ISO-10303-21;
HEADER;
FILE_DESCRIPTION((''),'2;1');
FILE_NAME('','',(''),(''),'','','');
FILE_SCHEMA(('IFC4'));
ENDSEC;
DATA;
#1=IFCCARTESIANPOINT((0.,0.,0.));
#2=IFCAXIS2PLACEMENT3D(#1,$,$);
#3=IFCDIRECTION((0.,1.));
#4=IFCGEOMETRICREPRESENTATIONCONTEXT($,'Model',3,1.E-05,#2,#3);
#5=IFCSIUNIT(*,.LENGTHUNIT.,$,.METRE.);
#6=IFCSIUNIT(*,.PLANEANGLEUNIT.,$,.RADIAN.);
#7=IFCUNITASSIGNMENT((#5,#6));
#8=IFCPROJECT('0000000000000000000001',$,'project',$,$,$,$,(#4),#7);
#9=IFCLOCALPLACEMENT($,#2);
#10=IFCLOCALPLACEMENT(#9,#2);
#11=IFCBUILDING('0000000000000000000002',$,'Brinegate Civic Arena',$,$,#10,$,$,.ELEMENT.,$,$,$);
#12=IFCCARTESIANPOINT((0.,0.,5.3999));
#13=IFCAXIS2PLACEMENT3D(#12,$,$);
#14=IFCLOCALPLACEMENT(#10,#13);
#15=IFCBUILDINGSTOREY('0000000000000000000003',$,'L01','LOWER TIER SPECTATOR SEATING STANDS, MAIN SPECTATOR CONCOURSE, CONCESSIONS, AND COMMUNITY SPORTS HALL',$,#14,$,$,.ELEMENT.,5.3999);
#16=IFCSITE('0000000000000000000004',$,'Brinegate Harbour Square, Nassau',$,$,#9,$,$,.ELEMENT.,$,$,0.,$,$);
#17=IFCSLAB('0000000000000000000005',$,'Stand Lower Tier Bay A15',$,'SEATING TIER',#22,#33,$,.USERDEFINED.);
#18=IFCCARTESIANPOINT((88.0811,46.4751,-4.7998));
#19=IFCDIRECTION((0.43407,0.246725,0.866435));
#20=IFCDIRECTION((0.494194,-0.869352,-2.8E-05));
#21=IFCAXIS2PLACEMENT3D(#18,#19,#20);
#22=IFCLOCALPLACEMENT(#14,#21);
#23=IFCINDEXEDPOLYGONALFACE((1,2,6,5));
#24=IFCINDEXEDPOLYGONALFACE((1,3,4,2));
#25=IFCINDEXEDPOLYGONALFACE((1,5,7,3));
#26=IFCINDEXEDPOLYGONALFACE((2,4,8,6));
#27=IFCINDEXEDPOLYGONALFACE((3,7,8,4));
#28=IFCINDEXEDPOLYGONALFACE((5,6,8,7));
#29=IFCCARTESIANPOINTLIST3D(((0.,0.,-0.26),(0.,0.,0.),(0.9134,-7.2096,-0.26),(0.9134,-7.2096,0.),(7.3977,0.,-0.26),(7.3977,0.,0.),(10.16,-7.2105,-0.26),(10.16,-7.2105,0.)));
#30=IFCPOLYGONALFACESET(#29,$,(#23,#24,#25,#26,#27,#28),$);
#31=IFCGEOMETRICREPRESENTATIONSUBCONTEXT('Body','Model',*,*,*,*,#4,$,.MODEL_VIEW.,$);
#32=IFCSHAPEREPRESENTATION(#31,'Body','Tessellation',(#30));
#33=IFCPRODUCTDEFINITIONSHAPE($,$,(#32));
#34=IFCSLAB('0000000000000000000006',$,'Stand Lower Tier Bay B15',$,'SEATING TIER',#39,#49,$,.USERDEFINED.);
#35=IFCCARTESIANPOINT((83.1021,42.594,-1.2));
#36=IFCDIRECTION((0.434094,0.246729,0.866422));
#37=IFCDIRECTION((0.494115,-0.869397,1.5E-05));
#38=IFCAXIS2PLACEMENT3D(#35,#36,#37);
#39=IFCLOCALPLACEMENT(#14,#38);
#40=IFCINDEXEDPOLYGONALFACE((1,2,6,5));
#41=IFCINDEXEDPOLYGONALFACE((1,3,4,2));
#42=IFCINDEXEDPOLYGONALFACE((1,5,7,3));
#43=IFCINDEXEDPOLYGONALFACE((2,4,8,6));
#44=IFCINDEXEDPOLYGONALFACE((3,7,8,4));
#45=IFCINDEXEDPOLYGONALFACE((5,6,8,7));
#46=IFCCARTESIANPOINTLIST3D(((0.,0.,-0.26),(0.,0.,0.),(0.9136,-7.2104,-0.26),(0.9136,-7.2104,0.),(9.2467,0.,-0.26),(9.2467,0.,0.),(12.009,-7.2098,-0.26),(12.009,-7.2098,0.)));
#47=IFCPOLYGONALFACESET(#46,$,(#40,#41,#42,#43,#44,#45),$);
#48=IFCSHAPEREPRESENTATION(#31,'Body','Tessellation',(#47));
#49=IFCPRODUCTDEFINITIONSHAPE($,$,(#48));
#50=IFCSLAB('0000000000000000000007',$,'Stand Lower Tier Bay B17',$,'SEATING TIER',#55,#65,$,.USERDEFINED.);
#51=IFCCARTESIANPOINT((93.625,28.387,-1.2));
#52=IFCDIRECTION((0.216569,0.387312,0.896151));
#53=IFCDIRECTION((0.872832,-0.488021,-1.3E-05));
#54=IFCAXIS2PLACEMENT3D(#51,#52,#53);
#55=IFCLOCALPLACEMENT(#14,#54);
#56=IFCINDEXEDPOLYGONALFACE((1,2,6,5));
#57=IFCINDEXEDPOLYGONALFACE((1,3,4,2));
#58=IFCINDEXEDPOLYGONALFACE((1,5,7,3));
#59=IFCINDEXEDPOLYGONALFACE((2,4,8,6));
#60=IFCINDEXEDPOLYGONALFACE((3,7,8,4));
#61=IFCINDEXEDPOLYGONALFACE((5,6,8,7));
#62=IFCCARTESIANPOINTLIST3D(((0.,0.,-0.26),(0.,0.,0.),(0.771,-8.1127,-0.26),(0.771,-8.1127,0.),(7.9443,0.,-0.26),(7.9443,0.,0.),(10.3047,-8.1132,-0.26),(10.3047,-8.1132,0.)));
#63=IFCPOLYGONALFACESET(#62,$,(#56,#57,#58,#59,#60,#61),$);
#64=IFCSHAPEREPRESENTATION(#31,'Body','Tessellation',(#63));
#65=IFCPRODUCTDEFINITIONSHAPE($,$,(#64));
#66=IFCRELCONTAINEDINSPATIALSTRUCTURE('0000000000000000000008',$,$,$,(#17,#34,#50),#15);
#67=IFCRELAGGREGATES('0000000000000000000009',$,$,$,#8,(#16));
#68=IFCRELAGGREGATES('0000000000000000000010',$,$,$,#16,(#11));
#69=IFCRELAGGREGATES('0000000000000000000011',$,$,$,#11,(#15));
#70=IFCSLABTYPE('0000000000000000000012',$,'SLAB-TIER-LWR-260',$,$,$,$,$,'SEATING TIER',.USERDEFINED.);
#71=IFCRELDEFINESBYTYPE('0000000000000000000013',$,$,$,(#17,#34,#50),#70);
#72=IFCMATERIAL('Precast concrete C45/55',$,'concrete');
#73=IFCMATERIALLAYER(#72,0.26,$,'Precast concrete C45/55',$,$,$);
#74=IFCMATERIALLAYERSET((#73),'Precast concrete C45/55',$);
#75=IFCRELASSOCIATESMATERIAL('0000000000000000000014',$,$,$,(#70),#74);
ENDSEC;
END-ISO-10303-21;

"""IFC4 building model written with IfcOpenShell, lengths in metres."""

from ifc_helpers import new_model, si_unit, direction, frame, origin, place, context, subcontext, project, spatial, polyline, outline, extrude, material, layer, layer_set, type_object, element, save


model = new_model("IFC4")

# Units and contexts
model_context = context("Model", 3, precision=1e-05, world=origin(), true_north=direction((0.0, 1.0)))
body_context = subcontext(model_context, "Body", "Model", "MODEL_VIEW")
ifc_project = project(units=[si_unit("LENGTHUNIT", "METRE"), si_unit("PLANEANGLEUNIT", "RADIAN")], contexts=[model_context])

# Site, building, storey
site_placement = place(None, origin())
site = spatial("IfcSite", under=ifc_project, at=site_placement, Name="Brinegate Harbour Square, Nassau", CompositionType="ELEMENT", RefElevation=0.0)
building_placement = place(site_placement, origin())
building = spatial("IfcBuilding", under=site, at=building_placement, Name="Brinegate Civic Arena", CompositionType="ELEMENT")
storey_placement = place(building_placement, frame((0.0, 0.0, 5.3999)))
storey = spatial("IfcBuildingStorey", under=building, at=storey_placement, Name="L01", Description="LOWER TIER SPECTATOR SEATING STANDS, MAIN SPECTATOR CONCOURSE, CONCESSIONS, AND COMMUNITY SPORTS HALL", CompositionType="ELEMENT", Elevation=5.3999)

# Slabs
ifc_material_1 = material(Name="Precast concrete C45/55", Category="concrete")
ifc_layer = layer(ifc_material_1, 0.26, Name="Precast concrete C45/55")
ifc_layer_set = layer_set([ifc_layer], Name="Precast concrete C45/55")
slab_type = type_object("IfcSlabType", Name="SLAB-TIER-LWR-260", ElementType="SEATING TIER", PredefinedType="USERDEFINED", material=ifc_layer_set)
slab_1_placement = place(storey_placement, frame((88.0811, 46.4751, -4.7998), z_axis=(0.43407, 0.246725, 0.866435), x_axis=(0.494194, -0.869352, -0.000028)))
element("IfcSlab", 1, at=slab_1_placement, inside=storey, type_object=slab_type, Name="Stand Lower Tier Bay A15", ObjectType="SEATING TIER", PredefinedType="USERDEFINED", context=body_context, shape_type="SweptSolid", body=[
    extrude(outline(polyline([(0.0, 0.0), (7.3977, 0.0), (10.16, -7.2105), (0.9134, -7.2096), (0.0, 0.0)])), origin(), (0.0, 0.0, -1.0), 0.26),
])
slab_2_placement = place(storey_placement, frame((83.1021, 42.594, -1.2), z_axis=(0.434094, 0.246729, 0.866422), x_axis=(0.494115, -0.869397, 0.000015)))
element("IfcSlab", 2, at=slab_2_placement, inside=storey, type_object=slab_type, Name="Stand Lower Tier Bay B15", ObjectType="SEATING TIER", PredefinedType="USERDEFINED", context=body_context, shape_type="SweptSolid", body=[
    extrude(outline(polyline([(0.0, 0.0), (9.2467, 0.0), (12.009, -7.2098), (0.9136, -7.2104), (0.0, 0.0)])), origin(), (0.0, 0.0, -1.0), 0.26),
])
slab_3_placement = place(storey_placement, frame((93.625, 28.387, -1.2), z_axis=(0.216569, 0.387312, 0.896151), x_axis=(0.872832, -0.488021, -0.000013)))
element("IfcSlab", 3, at=slab_3_placement, inside=storey, type_object=slab_type, Name="Stand Lower Tier Bay B17", ObjectType="SEATING TIER", PredefinedType="USERDEFINED", context=body_context, shape_type="SweptSolid", body=[
    extrude(outline(polyline([(0.0, 0.0), (7.9443, 0.0), (10.3047, -8.1132), (0.771, -8.1127), (0.0, 0.0)])), origin(), (0.0, 0.0, -1.0), 0.26),
])

save(model, "model.ifc")
